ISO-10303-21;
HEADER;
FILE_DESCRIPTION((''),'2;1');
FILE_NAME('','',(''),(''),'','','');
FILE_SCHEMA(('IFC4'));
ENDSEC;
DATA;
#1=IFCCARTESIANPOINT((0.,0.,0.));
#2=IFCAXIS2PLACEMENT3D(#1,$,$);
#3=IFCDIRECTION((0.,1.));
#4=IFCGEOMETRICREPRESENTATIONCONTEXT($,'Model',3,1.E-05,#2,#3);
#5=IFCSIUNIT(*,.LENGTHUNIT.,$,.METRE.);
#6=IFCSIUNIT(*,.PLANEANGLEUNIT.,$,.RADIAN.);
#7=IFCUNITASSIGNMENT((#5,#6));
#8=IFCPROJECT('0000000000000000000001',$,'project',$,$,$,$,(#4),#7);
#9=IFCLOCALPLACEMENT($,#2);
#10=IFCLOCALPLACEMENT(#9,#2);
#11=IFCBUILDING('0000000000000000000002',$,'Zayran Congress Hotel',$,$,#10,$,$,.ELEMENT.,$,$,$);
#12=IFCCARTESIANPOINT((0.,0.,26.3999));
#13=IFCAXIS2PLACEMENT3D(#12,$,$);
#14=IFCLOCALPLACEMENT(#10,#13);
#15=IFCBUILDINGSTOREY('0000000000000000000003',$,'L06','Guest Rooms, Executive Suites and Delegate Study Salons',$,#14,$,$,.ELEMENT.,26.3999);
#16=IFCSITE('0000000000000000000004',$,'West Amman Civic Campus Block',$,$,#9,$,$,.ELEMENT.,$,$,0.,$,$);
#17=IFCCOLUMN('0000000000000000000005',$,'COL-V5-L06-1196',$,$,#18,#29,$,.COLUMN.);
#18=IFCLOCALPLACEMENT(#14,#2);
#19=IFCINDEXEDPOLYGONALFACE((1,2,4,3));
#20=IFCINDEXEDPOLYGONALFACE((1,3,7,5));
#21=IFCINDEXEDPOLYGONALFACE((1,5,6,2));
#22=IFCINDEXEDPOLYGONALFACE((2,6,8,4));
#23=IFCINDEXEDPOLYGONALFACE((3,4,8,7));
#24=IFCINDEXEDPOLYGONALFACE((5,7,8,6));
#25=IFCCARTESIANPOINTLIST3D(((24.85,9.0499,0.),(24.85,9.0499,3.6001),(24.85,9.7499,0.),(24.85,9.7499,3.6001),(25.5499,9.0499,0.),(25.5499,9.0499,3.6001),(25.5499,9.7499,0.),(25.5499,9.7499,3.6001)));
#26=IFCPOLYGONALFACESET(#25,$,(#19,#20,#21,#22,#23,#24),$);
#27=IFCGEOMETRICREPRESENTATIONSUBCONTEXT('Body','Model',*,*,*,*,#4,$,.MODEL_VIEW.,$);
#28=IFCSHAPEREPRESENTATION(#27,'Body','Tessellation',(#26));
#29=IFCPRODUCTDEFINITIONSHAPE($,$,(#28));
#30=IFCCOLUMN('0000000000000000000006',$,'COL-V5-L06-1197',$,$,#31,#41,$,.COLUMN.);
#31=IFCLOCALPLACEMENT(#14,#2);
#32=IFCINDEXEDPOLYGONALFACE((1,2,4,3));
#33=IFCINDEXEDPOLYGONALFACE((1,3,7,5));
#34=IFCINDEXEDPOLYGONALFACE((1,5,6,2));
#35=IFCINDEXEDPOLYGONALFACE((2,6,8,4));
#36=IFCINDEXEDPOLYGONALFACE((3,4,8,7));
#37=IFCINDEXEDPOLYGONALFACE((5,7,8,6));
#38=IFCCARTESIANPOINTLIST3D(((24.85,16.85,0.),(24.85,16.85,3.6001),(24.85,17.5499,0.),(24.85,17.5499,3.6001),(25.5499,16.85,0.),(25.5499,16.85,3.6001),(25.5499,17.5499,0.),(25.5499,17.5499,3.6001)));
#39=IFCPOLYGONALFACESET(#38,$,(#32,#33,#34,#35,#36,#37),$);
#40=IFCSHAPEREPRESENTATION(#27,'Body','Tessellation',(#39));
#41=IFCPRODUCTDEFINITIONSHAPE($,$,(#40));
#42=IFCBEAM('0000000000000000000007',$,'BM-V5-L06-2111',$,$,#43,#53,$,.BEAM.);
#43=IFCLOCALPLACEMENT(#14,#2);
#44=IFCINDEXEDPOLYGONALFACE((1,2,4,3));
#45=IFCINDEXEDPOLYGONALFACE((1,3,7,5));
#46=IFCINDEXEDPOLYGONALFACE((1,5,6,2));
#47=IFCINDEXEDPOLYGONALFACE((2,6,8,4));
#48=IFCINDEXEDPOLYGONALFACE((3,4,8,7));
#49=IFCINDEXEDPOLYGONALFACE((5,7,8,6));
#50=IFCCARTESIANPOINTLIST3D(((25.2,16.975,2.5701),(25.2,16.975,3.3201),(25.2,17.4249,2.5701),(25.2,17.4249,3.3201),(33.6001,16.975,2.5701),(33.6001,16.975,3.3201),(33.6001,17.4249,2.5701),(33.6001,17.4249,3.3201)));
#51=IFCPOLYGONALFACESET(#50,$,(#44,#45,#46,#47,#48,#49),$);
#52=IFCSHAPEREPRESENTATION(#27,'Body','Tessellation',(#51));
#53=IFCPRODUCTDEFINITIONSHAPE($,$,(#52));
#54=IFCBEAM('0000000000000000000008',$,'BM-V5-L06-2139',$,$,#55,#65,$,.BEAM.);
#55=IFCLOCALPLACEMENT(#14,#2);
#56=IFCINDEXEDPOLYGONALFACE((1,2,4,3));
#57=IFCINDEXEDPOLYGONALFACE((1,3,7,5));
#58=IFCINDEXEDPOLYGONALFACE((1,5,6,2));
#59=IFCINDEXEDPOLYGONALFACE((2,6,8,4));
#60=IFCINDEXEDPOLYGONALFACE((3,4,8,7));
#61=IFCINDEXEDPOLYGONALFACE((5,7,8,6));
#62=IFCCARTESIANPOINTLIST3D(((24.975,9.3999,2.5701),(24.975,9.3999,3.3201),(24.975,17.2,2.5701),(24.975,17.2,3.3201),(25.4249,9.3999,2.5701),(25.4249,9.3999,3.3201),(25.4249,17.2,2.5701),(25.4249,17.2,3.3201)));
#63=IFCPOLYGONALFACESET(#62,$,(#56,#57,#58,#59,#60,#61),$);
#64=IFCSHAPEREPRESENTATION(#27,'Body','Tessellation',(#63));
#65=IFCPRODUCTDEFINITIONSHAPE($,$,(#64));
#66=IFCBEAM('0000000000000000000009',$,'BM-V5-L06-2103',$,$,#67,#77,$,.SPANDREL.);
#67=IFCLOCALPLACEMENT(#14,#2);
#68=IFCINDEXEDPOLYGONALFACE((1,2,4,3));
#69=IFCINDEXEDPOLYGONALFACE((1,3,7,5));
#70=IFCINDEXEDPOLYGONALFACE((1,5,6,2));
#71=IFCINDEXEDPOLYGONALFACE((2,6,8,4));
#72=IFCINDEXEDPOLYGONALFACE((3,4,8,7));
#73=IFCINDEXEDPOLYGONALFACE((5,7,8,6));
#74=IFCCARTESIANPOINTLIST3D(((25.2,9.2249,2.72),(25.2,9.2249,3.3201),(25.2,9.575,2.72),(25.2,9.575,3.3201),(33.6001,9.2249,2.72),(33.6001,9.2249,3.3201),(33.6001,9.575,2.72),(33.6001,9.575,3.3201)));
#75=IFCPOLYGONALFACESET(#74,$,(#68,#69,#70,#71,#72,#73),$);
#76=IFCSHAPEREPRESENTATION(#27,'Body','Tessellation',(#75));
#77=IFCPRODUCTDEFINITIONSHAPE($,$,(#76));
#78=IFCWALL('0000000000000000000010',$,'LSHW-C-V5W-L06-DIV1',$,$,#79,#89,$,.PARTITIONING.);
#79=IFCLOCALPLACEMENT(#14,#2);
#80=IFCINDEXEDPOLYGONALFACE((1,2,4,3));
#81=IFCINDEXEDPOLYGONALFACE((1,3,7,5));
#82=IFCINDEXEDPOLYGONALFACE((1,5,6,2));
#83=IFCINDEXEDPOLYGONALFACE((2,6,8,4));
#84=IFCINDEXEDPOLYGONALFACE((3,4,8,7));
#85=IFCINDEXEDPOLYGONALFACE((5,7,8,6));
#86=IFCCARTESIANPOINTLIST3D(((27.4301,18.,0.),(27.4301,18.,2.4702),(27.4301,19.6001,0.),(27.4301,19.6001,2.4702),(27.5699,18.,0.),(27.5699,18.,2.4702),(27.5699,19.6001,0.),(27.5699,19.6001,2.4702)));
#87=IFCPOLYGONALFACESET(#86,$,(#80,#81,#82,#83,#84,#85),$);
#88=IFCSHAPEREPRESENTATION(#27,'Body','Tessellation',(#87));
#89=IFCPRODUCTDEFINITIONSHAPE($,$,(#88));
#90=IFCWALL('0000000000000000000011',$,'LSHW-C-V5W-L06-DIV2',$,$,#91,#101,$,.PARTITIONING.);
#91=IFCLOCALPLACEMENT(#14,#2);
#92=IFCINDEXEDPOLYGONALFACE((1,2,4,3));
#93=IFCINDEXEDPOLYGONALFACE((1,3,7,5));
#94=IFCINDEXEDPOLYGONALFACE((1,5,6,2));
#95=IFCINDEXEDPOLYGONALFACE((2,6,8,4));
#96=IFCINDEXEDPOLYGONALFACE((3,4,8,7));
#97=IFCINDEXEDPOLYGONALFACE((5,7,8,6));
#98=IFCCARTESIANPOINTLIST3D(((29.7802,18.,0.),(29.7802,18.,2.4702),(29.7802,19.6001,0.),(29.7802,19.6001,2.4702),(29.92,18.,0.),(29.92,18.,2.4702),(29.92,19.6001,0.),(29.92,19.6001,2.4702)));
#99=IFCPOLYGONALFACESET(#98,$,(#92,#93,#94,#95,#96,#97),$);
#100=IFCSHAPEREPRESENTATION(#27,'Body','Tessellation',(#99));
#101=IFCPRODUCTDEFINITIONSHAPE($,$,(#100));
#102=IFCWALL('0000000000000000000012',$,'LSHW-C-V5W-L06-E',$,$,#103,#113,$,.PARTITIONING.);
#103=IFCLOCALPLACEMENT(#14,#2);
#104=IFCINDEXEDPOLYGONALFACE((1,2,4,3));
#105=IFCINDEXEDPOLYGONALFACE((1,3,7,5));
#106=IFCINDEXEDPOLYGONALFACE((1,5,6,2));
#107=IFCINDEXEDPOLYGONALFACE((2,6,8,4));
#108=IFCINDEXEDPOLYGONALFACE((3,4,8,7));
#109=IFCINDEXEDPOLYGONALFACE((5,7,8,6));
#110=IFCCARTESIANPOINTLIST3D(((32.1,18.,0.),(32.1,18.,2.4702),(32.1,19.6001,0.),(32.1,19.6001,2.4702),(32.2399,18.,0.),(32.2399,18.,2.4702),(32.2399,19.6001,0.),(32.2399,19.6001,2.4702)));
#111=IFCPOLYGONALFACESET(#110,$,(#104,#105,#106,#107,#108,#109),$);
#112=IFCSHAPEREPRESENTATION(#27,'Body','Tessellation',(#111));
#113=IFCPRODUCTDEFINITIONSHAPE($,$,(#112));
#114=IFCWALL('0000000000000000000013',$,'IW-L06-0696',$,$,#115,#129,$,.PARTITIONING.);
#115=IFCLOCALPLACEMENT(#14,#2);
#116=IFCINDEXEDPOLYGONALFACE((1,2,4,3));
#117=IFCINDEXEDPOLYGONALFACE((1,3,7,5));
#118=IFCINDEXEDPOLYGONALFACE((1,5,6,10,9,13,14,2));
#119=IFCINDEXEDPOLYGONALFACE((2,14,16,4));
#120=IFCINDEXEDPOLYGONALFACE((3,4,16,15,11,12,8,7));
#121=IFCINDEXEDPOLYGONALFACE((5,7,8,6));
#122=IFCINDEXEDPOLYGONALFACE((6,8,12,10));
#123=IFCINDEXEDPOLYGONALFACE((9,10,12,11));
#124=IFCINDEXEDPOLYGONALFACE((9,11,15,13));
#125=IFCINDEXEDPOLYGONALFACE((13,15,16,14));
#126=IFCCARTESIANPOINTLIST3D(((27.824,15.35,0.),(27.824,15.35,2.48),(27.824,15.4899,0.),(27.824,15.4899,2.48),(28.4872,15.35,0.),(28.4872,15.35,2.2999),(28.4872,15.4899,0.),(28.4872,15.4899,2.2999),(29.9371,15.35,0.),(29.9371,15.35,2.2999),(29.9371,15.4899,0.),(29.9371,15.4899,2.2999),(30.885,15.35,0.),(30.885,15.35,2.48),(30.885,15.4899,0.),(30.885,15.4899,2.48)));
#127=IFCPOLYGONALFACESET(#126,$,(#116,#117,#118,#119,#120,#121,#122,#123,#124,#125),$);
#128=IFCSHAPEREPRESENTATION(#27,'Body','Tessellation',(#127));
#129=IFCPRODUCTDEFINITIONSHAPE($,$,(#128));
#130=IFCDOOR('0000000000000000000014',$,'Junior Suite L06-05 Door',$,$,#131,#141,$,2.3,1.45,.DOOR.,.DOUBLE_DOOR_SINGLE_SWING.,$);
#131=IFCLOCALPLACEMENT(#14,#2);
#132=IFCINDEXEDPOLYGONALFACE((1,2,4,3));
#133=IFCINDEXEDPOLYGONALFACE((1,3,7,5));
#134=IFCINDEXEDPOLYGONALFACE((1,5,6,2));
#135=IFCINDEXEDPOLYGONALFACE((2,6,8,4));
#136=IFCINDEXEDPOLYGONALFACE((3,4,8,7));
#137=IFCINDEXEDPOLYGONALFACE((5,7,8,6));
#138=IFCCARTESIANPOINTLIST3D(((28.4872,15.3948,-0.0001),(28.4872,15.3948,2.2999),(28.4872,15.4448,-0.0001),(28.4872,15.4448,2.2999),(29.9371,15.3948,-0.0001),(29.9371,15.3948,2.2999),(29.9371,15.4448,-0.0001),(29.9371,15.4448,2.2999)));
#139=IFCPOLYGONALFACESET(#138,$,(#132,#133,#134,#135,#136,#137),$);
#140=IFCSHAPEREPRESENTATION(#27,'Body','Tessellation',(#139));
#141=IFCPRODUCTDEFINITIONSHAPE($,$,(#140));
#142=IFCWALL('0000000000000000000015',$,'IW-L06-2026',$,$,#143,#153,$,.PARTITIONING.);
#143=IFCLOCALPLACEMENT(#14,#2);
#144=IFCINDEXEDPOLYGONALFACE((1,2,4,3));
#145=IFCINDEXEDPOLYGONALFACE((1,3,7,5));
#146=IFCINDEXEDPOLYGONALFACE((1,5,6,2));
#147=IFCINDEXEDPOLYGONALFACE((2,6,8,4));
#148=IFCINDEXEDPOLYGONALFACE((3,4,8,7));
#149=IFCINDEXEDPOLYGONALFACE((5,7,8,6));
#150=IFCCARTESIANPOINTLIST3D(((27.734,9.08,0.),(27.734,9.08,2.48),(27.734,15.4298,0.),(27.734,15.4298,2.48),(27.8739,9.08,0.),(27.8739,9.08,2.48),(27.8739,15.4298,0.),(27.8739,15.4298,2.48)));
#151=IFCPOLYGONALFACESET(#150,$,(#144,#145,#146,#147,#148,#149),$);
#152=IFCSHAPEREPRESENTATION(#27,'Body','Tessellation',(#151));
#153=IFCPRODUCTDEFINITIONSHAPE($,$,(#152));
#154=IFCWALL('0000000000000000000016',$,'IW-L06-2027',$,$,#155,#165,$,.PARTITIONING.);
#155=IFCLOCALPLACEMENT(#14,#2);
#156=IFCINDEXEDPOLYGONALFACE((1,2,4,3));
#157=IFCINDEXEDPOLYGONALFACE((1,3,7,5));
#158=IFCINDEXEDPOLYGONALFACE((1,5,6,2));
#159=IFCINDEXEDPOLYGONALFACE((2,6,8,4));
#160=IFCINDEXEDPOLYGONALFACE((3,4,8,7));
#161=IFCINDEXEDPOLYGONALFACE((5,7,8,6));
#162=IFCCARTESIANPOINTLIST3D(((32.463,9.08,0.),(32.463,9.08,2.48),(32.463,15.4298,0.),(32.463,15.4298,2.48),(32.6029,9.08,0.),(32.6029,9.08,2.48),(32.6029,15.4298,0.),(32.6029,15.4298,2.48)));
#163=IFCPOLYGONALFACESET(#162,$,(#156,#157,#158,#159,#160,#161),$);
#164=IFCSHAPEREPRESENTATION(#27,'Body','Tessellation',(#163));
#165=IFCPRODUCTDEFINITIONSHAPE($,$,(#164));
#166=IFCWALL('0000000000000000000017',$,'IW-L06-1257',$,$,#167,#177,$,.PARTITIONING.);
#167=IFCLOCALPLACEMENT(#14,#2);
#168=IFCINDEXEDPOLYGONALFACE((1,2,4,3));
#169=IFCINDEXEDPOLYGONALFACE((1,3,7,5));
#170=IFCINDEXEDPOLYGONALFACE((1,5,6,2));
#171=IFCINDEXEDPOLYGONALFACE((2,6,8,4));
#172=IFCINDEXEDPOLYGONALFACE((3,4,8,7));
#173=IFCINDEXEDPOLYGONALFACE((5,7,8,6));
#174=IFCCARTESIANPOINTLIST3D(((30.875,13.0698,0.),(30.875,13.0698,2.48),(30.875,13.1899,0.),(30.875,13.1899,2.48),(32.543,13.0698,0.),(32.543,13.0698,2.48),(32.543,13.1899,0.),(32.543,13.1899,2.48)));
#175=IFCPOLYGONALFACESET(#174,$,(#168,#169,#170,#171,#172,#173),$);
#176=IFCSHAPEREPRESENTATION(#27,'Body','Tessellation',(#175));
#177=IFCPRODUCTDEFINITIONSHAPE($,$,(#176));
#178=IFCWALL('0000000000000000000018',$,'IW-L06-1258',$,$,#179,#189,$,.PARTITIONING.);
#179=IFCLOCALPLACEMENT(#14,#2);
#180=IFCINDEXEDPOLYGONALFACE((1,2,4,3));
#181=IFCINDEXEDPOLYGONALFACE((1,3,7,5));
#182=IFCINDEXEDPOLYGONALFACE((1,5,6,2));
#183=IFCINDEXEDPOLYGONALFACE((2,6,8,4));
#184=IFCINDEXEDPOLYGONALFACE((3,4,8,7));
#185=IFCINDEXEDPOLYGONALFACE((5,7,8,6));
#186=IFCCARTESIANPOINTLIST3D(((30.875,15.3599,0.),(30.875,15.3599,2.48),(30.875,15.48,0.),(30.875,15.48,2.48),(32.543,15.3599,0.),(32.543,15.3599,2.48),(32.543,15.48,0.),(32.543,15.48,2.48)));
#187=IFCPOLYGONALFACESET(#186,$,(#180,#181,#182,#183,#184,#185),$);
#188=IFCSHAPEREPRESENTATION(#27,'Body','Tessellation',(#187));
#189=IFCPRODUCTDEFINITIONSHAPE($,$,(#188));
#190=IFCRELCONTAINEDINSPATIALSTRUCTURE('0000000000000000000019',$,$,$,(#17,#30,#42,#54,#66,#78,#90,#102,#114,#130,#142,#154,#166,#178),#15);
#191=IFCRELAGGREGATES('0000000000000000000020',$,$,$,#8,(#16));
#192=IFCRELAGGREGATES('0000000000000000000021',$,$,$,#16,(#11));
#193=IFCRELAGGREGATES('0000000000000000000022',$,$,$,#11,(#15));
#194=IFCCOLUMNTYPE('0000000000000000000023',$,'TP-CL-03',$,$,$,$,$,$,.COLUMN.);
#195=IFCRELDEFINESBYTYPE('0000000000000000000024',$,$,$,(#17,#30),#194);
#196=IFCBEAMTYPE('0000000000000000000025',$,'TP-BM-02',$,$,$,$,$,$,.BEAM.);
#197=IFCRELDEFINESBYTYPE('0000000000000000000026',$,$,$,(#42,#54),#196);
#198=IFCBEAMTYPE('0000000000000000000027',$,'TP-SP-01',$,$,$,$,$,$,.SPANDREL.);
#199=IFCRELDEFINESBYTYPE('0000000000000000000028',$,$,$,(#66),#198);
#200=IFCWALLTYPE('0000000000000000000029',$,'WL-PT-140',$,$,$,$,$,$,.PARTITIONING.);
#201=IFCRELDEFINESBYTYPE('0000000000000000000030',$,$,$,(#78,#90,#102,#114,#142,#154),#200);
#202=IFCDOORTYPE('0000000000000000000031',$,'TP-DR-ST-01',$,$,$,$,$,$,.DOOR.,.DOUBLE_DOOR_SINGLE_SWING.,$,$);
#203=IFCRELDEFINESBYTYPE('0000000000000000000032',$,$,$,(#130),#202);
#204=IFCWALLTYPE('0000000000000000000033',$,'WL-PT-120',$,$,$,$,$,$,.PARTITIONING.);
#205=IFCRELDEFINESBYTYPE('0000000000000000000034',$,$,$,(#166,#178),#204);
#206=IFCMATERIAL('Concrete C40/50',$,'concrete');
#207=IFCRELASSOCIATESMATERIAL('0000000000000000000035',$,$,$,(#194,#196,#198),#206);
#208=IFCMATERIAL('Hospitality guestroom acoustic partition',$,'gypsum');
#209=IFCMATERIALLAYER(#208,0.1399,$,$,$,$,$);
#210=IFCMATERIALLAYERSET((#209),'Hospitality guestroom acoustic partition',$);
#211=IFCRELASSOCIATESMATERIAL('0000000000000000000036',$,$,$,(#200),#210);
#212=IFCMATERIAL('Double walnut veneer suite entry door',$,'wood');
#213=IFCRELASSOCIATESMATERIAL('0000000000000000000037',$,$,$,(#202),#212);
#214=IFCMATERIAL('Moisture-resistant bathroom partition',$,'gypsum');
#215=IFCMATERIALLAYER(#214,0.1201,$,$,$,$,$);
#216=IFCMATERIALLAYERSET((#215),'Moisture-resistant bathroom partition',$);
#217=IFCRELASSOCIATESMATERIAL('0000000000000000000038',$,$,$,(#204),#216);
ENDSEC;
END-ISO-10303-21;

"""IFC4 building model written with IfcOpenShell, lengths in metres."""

from ifc_helpers import new_model, si_unit, direction, frame, frame_2d, origin, origin_2d, place, context, subcontext, project, spatial, rectangle, extrude, material, layer, layer_set, material_profile, profile_set, type_object, element, fill, save


model = new_model("IFC4")

# Units and contexts
model_context = context("Model", 3, precision=1e-05, world=origin(), true_north=direction((0.0, 1.0)))
body_context = subcontext(model_context, "Body", "Model", "MODEL_VIEW")
ifc_project = project(units=[si_unit("LENGTHUNIT", "METRE"), si_unit("PLANEANGLEUNIT", "RADIAN")], contexts=[model_context])

# Site, building, storey
site_placement = place(None, origin())
site = spatial("IfcSite", under=ifc_project, at=site_placement, Name="West Amman Civic Campus Block", CompositionType="ELEMENT", RefElevation=0.0)
building_placement = place(site_placement, origin())
building = spatial("IfcBuilding", under=site, at=building_placement, Name="Zayran Congress Hotel", CompositionType="ELEMENT")
storey_placement = place(building_placement, frame((0.0, 0.0, 26.3999)))
storey = spatial("IfcBuildingStorey", under=building, at=storey_placement, Name="L06", Description="Guest Rooms, Executive Suites and Delegate Study Salons", CompositionType="ELEMENT", Elevation=26.3999)

# Columns
ifc_material_1 = material(Name="Concrete C40/50", Category="concrete")
ifc_material_profile_1 = material_profile(ifc_material_1, rectangle(XDim=0.7, YDim=0.7, at=origin_2d()), Name="RC 700x700")
ifc_profile_set_1 = profile_set([ifc_material_profile_1], Name="Concrete C40/50")
column_type = type_object("IfcColumnType", Name="TP-CL-03", PredefinedType="COLUMN", material=ifc_profile_set_1)
for number, where, z_axis, x_axis, name in (
    (1, (25.2, 9.3999, 0.0), (0.0, 0.0, 1.0), (1.0, 0.0, 0.0), "COL-V5-L06-1196"),
    (2, (25.2, 17.2, 0.0), (0.0, 0.0, 1.0), (1.0, 0.0, 0.0), "COL-V5-L06-1197"),
):
    element("IfcColumn", number, at=place(storey_placement, frame(where, z_axis=z_axis, x_axis=x_axis)), inside=storey, type_object=column_type, Name=name, PredefinedType="COLUMN", context=body_context, shape_type="SweptSolid", body=[
        extrude(rectangle(XDim=0.7, YDim=0.7, at=origin_2d()), origin(), (0.0, 0.0, 1.0), 3.6001),
    ])

# Beams
ifc_material_profile_2 = material_profile(ifc_material_1, rectangle(XDim=0.45, YDim=0.75, at=origin_2d()), Name="RC 450x750")
ifc_profile_set_2 = profile_set([ifc_material_profile_2], Name="Concrete C40/50")
beam_type_1 = type_object("IfcBeamType", Name="TP-BM-02", PredefinedType="BEAM", material=ifc_profile_set_2)
beam_1_placement = place(storey_placement, frame((25.2, 17.2, 2.9451), z_axis=(1.0, 0.0, 0.0), x_axis=(0.0, 1.0, 0.0)))
element("IfcBeam", 3, at=beam_1_placement, inside=storey, type_object=beam_type_1, Name="BM-V5-L06-2111", PredefinedType="BEAM", context=body_context, shape_type="SweptSolid", body=[
    extrude(rectangle(XDim=0.45, YDim=0.75, at=origin_2d()), origin(), (0.0, 0.0, 1.0), 8.4001),
])
beam_2_placement = place(storey_placement, frame((25.2, 9.3999, 2.9451), z_axis=(0.0, 1.0, 0.0), x_axis=(-1.0, 0.0, 0.0)))
element("IfcBeam", 4, at=beam_2_placement, inside=storey, type_object=beam_type_1, Name="BM-V5-L06-2139", PredefinedType="BEAM", context=body_context, shape_type="SweptSolid", body=[
    extrude(rectangle(XDim=0.45, YDim=0.75, at=origin_2d()), origin(), (0.0, 0.0, 1.0), 7.8),
])
ifc_material_profile_3 = material_profile(ifc_material_1, rectangle(XDim=0.3501, YDim=0.6001, at=origin_2d()), Name="RC 350x600")
ifc_profile_set_3 = profile_set([ifc_material_profile_3], Name="Concrete C40/50")
beam_type_2 = type_object("IfcBeamType", Name="TP-SP-01", PredefinedType="SPANDREL", material=ifc_profile_set_3)
beam_3_placement = place(storey_placement, frame((25.2, 9.3999, 3.02), z_axis=(1.0, 0.0, 0.0), x_axis=(0.0, 1.0, 0.0)))
element("IfcBeam", 5, at=beam_3_placement, inside=storey, type_object=beam_type_2, Name="BM-V5-L06-2103", PredefinedType="SPANDREL", context=body_context, shape_type="SweptSolid", body=[
    extrude(rectangle(XDim=0.3501, YDim=0.6001, at=origin_2d()), origin(), (0.0, 0.0, 1.0), 8.4001),
])

# Walls
ifc_material_2 = material(Name="Hospitality guestroom acoustic partition", Category="gypsum")
ifc_layer_1 = layer(ifc_material_2, 0.1399)
ifc_layer_set_1 = layer_set([ifc_layer_1], Name="Hospitality guestroom acoustic partition")
wall_type_1 = type_object("IfcWallType", Name="WL-PT-140", PredefinedType="PARTITIONING", material=ifc_layer_set_1)
for number, where, z_axis, x_axis, name in (
    (6, (27.5, 18.0, 0.0), (0.0, 0.0, 1.0), (0.0, 1.0, 0.0), "LSHW-C-V5W-L06-DIV1"),
    (7, (29.8501, 18.0, 0.0), (0.0, 0.0, 1.0), (0.0, 1.0, 0.0), "LSHW-C-V5W-L06-DIV2"),
    (8, (32.1699, 18.0, 0.0), (0.0, 0.0, 1.0), (0.0, 1.0, 0.0), "LSHW-C-V5W-L06-E"),
):
    element("IfcWall", number, at=place(storey_placement, frame(where, z_axis=z_axis, x_axis=x_axis)), inside=storey, type_object=wall_type_1, Name=name, PredefinedType="PARTITIONING", context=body_context, shape_type="SweptSolid", body=[
        extrude(rectangle(XDim=1.6001, YDim=0.1399, at=frame_2d((0.8, 0.0))), origin(), (0.0, 0.0, 1.0), 2.4702),
    ])

# Wall, opening, door
wall_1_placement = place(storey_placement, frame((27.824, 15.4199, 0.0), z_axis=(0.0, 0.0, 1.0), x_axis=(1.0, 0.0, 0.0)))
wall_1 = element("IfcWall", 9, at=wall_1_placement, inside=storey, type_object=wall_type_1, Name="IW-L06-0696", PredefinedType="PARTITIONING", context=body_context, shape_type="SweptSolid", body=[
    extrude(rectangle(XDim=3.061, YDim=0.1399, at=frame_2d((1.5305, 0.0))), origin(), (0.0, 0.0, 1.0), 2.48),
])
opening_1_placement = place(wall_1_placement, frame((0.6631, 0.0, 0.0)))
opening_1 = element("IfcOpeningElement", 10, at=opening_1_placement, cuts=wall_1, PredefinedType="OPENING", context=body_context, shape_type="SweptSolid", body=[
    extrude(rectangle(XDim=1.45, YDim=2.3, at=frame_2d((0.7251, 1.1499))), frame((0.0, 0.0798, 0.0), z_axis=(0.0, -1.0, 0.0), x_axis=(1.0, 0.0, 0.0)), (0.0, 0.0, 1.0), 0.1599),
])
ifc_material_3 = material(Name="Double walnut veneer suite entry door", Category="wood")
door_type_1 = type_object("IfcDoorType", Name="TP-DR-ST-01", OperationType="DOUBLE_DOOR_SINGLE_SWING", PredefinedType="DOOR", material=ifc_material_3)
door_1_placement = place(opening_1_placement, origin())
door_1 = element("IfcDoor", 11, at=door_1_placement, inside=storey, type_object=door_type_1, Name="Junior Suite L06-05 Door", OperationType="DOUBLE_DOOR_SINGLE_SWING", OverallHeight=2.3, OverallWidth=1.45, PredefinedType="DOOR", context=body_context, shape_type="SweptSolid", body=[
    extrude(rectangle(XDim=1.45, YDim=2.3, at=frame_2d((0.7251, 1.1499))), frame((0.0, 0.0249, 0.0), z_axis=(0.0, -1.0, 0.0), x_axis=(1.0, 0.0, 0.0)), (0.0, 0.0, 1.0), 0.05),
])
fill(opening_1, door_1)

# Walls
for number, where, z_axis, x_axis, name in (
    (12, (27.804, 9.0801, 0.0), (0.0, 0.0, 1.0), (0.0, 1.0, 0.0), "IW-L06-2026"),
    (13, (32.533, 9.0801, 0.0), (0.0, 0.0, 1.0), (0.0, 1.0, 0.0), "IW-L06-2027"),
):
    element("IfcWall", number, at=place(storey_placement, frame(where, z_axis=z_axis, x_axis=x_axis)), inside=storey, type_object=wall_type_1, Name=name, PredefinedType="PARTITIONING", context=body_context, shape_type="SweptSolid", body=[
        extrude(rectangle(XDim=6.3499, YDim=0.1399, at=frame_2d((3.1748, 0.0))), origin(), (0.0, 0.0, 1.0), 2.48),
    ])

# Shared definitions
ifc_material_4 = material(Name="Moisture-resistant bathroom partition", Category="gypsum")
ifc_layer_2 = layer(ifc_material_4, 0.1201)
ifc_layer_set_2 = layer_set([ifc_layer_2], Name="Moisture-resistant bathroom partition")
wall_type_2 = type_object("IfcWallType", Name="WL-PT-120", PredefinedType="PARTITIONING", material=ifc_layer_set_2)

# Walls
for number, where, z_axis, x_axis, name in (
    (14, (30.875, 13.1299, 0.0), (0.0, 0.0, 1.0), (1.0, 0.0, 0.0), "IW-L06-1257"),
    (15, (30.875, 15.4199, 0.0), (0.0, 0.0, 1.0), (1.0, 0.0, 0.0), "IW-L06-1258"),
):
    element("IfcWall", number, at=place(storey_placement, frame(where, z_axis=z_axis, x_axis=x_axis)), inside=storey, type_object=wall_type_2, Name=name, PredefinedType="PARTITIONING", context=body_context, shape_type="SweptSolid", body=[
        extrude(rectangle(XDim=1.668, YDim=0.1201, at=frame_2d((0.834, 0.0))), origin(), (0.0, 0.0, 1.0), 2.48),
    ])

save(model, "model.ifc")
